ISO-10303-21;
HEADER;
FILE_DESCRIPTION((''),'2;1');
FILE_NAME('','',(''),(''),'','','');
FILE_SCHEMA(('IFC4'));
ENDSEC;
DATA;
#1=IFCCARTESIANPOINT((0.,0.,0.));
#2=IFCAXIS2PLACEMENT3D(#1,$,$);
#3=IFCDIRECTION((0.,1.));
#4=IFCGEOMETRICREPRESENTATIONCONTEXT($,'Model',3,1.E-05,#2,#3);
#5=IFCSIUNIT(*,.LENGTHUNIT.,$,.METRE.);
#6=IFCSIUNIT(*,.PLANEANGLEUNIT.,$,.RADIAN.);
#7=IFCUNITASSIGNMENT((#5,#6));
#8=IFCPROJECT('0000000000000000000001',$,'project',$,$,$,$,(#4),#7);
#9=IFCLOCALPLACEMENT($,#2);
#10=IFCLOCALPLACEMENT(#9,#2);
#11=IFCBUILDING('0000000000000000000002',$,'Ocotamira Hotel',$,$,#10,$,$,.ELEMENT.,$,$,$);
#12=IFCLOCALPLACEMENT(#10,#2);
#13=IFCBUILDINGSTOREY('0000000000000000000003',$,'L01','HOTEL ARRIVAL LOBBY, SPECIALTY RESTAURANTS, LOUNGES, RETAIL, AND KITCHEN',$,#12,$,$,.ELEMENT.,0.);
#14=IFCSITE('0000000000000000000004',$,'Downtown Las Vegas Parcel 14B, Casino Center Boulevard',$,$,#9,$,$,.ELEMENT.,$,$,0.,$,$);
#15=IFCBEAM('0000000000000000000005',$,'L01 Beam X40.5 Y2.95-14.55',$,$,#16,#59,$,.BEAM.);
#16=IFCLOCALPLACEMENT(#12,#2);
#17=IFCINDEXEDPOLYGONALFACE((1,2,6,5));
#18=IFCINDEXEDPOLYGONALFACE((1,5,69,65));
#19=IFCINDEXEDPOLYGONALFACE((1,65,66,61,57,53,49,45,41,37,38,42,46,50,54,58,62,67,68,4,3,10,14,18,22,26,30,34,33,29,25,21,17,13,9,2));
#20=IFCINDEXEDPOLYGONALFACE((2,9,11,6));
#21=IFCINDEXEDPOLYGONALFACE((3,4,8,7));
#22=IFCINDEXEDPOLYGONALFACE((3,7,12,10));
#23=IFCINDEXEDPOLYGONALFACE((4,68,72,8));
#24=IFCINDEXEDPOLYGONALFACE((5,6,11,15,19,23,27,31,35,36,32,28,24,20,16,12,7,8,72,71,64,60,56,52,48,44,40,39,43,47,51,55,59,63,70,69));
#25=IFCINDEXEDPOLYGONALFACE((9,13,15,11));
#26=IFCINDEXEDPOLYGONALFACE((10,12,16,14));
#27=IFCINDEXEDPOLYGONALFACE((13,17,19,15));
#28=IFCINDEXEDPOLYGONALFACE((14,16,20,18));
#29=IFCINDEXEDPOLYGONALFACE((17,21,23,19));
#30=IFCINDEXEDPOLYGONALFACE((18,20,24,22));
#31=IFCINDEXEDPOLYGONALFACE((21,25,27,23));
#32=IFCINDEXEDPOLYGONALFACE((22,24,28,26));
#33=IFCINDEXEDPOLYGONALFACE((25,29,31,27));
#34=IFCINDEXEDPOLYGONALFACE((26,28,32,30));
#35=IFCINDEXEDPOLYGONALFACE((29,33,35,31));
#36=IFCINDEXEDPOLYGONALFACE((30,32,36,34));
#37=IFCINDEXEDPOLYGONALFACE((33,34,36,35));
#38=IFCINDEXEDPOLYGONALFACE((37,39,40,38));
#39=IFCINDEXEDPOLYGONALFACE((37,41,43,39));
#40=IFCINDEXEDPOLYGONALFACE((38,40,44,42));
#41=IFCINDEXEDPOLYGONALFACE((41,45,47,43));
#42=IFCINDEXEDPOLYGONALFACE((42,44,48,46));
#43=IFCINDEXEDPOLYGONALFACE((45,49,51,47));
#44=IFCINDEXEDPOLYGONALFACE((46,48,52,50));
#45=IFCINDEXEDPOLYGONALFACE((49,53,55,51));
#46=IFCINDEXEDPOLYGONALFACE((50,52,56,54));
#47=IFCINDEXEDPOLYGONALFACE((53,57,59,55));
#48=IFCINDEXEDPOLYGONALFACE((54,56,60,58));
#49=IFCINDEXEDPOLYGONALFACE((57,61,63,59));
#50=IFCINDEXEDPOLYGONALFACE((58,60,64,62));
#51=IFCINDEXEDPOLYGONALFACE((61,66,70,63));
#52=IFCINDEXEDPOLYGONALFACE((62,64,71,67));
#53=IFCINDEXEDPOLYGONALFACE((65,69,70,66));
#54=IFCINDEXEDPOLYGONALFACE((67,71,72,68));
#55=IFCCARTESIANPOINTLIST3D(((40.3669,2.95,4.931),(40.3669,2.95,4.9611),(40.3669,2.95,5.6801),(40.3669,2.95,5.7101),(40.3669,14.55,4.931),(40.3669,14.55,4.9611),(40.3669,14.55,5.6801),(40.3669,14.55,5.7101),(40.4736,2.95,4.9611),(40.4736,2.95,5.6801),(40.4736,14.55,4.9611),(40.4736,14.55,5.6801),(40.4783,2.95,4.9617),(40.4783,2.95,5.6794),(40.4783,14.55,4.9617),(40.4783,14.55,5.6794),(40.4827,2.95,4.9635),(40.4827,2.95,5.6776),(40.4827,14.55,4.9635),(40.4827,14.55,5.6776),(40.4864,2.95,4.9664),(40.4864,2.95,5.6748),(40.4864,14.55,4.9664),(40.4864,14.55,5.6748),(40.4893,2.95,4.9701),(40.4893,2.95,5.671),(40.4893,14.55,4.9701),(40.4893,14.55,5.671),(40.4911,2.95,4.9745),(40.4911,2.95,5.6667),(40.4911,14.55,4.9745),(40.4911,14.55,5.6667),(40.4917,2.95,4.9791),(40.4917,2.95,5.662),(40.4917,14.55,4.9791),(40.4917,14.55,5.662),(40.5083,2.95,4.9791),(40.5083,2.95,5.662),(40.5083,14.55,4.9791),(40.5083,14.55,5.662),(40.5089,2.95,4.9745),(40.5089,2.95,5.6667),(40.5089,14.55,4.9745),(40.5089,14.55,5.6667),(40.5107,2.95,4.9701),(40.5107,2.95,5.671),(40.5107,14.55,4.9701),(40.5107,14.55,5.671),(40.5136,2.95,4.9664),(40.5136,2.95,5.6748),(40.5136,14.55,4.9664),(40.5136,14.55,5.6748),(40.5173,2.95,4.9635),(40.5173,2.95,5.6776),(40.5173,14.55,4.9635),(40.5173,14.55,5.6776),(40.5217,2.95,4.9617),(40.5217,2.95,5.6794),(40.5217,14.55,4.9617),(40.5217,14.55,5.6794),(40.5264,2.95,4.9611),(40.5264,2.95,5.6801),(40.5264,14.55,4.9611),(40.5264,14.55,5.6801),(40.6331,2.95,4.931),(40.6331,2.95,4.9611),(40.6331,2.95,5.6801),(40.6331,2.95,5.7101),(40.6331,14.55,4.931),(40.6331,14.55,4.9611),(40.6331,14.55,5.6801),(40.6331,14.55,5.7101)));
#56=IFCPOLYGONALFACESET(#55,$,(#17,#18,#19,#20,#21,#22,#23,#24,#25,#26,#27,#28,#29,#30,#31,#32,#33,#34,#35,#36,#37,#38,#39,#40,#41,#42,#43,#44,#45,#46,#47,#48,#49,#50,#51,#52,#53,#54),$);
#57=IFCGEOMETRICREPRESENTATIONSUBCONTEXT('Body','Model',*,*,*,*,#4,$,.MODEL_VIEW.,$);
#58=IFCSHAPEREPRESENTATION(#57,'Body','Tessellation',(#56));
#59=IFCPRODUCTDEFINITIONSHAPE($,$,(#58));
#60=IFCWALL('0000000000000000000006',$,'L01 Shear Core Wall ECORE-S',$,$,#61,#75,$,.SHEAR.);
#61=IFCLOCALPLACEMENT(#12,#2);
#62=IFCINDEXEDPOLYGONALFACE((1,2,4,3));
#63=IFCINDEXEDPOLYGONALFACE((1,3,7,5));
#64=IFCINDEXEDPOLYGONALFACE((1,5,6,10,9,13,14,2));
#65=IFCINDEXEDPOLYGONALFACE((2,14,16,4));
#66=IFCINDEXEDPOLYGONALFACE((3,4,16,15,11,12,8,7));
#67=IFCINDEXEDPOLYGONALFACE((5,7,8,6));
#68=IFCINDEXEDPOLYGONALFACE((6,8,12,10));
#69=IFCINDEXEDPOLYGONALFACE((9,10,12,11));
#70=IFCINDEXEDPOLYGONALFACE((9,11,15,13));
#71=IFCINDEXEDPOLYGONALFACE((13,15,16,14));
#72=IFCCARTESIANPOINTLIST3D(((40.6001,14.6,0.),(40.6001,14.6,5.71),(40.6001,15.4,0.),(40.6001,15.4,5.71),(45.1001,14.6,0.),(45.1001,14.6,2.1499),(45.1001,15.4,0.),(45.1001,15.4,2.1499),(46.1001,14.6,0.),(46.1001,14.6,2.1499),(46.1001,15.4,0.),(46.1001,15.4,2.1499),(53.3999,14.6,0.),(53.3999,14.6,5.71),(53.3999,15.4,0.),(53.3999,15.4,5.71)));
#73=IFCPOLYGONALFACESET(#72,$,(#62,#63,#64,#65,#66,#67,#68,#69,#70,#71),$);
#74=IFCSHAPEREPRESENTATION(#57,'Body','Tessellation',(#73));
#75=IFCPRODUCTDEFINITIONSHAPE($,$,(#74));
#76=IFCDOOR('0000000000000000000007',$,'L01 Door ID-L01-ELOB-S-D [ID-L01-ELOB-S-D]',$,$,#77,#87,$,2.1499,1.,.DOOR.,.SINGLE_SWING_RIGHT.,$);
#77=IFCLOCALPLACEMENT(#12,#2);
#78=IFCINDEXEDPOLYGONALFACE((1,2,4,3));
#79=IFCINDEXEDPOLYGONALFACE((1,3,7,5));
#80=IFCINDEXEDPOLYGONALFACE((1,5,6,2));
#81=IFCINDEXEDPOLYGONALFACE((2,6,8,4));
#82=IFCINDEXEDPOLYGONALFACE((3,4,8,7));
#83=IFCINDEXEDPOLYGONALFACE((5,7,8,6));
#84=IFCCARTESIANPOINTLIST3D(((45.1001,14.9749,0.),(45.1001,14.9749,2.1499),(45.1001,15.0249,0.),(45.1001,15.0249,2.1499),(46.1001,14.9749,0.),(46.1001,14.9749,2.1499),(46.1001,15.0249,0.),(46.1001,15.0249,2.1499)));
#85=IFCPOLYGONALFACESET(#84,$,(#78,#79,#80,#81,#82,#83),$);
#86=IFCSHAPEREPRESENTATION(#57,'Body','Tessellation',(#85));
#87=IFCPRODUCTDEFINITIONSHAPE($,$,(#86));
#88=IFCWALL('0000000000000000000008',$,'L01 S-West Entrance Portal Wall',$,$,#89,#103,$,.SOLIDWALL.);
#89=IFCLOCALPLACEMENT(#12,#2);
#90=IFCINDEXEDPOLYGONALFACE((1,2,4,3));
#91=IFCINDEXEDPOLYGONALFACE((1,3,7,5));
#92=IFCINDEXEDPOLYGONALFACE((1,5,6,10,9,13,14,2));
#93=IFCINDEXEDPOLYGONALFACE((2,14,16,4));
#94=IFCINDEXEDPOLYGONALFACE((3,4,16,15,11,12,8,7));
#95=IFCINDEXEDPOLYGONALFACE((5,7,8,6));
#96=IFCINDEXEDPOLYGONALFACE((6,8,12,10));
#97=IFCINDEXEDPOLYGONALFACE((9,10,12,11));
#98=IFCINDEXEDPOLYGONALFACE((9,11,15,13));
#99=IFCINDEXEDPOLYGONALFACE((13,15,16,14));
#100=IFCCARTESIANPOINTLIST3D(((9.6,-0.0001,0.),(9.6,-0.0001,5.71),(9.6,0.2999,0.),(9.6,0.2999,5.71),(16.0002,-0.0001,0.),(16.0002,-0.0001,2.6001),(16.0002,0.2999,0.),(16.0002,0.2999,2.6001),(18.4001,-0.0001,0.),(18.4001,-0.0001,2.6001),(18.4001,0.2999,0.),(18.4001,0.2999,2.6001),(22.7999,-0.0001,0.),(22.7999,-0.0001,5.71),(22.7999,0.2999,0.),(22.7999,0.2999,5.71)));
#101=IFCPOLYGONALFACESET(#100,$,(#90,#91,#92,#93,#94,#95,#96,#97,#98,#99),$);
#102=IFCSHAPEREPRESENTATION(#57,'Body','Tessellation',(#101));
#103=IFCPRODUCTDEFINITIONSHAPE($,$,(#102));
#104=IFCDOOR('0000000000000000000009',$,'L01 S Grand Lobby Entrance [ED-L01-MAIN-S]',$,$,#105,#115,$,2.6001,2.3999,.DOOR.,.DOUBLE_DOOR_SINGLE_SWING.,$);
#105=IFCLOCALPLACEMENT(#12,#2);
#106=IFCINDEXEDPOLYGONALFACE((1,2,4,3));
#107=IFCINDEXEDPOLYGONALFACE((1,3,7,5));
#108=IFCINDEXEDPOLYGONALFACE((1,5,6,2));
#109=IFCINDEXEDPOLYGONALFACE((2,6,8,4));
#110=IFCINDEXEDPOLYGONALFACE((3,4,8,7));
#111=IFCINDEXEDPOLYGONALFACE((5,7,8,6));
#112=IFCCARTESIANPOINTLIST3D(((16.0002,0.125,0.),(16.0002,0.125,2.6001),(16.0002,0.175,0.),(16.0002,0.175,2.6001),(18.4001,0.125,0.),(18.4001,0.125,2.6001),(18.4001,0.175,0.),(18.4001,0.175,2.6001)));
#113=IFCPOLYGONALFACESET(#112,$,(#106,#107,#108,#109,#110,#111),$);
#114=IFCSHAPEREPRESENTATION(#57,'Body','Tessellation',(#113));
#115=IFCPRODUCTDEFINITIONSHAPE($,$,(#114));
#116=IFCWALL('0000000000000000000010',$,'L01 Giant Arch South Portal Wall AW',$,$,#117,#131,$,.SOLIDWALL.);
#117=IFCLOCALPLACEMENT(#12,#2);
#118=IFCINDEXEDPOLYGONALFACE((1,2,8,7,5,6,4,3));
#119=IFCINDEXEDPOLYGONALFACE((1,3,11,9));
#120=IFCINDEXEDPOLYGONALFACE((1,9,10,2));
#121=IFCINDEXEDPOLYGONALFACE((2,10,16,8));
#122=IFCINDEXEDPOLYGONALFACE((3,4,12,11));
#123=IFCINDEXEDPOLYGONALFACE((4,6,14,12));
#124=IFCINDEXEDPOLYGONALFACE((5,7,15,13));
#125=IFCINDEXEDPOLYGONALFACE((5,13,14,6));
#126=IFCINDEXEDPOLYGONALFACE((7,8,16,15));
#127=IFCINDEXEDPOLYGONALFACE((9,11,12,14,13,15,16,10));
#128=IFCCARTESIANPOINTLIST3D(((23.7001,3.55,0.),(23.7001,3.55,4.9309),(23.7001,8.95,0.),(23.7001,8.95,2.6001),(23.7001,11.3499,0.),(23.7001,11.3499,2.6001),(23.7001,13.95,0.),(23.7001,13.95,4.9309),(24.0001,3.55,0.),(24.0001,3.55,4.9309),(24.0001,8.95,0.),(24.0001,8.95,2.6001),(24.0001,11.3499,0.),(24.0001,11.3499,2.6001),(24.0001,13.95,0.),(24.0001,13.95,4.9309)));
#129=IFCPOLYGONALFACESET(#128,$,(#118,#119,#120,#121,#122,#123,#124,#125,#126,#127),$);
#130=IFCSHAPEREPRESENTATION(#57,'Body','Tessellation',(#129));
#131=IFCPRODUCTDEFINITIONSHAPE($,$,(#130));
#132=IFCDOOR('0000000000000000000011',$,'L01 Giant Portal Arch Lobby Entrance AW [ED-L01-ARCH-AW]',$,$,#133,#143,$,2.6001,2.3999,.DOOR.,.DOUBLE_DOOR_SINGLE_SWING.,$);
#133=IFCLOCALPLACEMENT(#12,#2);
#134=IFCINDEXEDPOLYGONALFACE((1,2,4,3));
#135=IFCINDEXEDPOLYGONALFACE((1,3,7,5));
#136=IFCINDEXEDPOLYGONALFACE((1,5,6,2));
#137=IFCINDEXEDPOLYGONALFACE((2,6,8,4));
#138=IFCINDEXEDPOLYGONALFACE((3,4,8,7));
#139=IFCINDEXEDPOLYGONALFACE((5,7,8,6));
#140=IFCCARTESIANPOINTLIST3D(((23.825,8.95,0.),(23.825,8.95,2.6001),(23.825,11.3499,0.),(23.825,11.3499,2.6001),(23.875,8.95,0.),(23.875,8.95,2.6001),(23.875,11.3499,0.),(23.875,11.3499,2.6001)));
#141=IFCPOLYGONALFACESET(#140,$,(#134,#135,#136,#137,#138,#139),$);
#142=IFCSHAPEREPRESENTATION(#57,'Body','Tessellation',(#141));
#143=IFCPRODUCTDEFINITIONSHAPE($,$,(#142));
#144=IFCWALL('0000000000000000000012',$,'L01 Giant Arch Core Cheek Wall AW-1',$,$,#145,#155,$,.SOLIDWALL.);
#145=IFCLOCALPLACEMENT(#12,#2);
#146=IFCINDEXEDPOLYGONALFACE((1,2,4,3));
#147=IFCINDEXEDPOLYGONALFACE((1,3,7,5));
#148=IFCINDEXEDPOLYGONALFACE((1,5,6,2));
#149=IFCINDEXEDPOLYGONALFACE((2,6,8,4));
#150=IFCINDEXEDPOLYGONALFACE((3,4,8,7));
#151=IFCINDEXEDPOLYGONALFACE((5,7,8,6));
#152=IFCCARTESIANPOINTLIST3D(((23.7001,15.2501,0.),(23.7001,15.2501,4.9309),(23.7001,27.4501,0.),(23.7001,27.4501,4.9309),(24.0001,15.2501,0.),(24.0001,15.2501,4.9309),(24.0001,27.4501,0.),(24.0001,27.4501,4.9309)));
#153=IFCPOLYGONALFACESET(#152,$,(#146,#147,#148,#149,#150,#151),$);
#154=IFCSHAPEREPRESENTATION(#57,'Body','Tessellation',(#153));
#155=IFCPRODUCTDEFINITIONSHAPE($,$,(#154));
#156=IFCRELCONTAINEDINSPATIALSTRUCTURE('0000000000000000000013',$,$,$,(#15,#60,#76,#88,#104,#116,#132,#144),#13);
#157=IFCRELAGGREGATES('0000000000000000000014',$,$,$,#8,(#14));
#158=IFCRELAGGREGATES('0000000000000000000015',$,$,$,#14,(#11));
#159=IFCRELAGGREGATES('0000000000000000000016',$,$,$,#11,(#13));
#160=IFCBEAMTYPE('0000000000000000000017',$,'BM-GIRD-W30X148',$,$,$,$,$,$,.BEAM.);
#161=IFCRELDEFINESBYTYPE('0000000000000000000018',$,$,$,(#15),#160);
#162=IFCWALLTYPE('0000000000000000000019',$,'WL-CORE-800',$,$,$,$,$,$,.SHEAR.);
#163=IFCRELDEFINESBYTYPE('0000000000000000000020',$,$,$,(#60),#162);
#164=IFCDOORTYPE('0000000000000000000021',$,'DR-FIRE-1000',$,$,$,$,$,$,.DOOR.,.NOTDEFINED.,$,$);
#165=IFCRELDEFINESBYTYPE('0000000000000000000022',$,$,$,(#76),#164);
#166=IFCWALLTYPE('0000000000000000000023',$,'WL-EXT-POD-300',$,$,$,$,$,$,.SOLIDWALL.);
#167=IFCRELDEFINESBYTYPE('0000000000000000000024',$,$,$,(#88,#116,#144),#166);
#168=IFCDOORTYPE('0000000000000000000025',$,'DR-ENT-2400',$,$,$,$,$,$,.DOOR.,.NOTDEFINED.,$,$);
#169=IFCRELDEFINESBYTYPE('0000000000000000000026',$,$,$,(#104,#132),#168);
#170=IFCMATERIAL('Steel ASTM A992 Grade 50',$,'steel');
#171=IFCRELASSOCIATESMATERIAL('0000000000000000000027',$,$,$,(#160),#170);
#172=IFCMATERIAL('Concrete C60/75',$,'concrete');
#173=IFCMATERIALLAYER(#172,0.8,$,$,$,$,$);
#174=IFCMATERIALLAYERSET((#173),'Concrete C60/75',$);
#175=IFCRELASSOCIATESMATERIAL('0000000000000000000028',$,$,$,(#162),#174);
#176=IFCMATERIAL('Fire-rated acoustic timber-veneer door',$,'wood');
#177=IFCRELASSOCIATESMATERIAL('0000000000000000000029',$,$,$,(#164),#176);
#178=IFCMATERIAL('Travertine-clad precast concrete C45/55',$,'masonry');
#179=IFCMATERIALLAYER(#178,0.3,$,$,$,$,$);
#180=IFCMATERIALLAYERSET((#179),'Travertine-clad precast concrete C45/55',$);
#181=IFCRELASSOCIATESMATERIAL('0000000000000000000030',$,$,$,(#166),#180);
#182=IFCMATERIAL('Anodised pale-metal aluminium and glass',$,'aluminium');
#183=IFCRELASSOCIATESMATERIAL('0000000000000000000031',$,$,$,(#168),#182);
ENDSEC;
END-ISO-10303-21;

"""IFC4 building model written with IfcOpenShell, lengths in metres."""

from ifc_helpers import new_model, si_unit, direction, frame, frame_2d, origin, origin_2d, place, context, subcontext, project, spatial, rectangle, i_section, extrude, source, transform, mapped, material, layer, layer_set, material_profile, profile_set, type_object, element, fill, save


model = new_model("IFC4")

# Units and contexts
model_context = context("Model", 3, precision=1e-05, world=origin(), true_north=direction((0.0, 1.0)))
body_context = subcontext(model_context, "Body", "Model", "MODEL_VIEW")
ifc_project = project(units=[si_unit("LENGTHUNIT", "METRE"), si_unit("PLANEANGLEUNIT", "RADIAN")], contexts=[model_context])

# Site, building, storey
site_placement = place(None, origin())
site = spatial("IfcSite", under=ifc_project, at=site_placement, Name="Downtown Las Vegas Parcel 14B, Casino Center Boulevard", CompositionType="ELEMENT", RefElevation=0.0)
building_placement = place(site_placement, origin())
building = spatial("IfcBuilding", under=site, at=building_placement, Name="Ocotamira Hotel", CompositionType="ELEMENT")
storey_placement = place(building_placement, origin())
storey = spatial("IfcBuildingStorey", under=building, at=storey_placement, Name="L01", Description="HOTEL ARRIVAL LOBBY, SPECIALTY RESTAURANTS, LOUNGES, RETAIL, AND KITCHEN", CompositionType="ELEMENT", Elevation=0.0)

# Shared definitions
ifc_material_1 = material(Name="Concrete C60/75", Category="concrete")

# Beam
ifc_material_2 = material(Name="Steel ASTM A992 Grade 50", Category="steel")
ifc_material_profile_1 = material_profile(ifc_material_2, i_section(OverallWidth=0.2661, OverallDepth=0.7791, WebThickness=0.0166, FlangeThickness=0.03, FilletRadius=0.0181, at=origin_2d()), Name="W30X148")
ifc_profile_set_1 = profile_set([ifc_material_profile_1], Name="Steel ASTM A992 Grade 50")
beam_type_1 = type_object("IfcBeamType", Name="BM-GIRD-W30X148", PredefinedType="BEAM", material=ifc_profile_set_1)
shared_shape_1 = source(origin(), body_context, "Body", "SweptSolid", [
    extrude(i_section(OverallWidth=0.2661, OverallDepth=0.7791, WebThickness=0.0166, FlangeThickness=0.03, FilletRadius=0.0181, at=origin_2d()), origin(), (0.0, 0.0, 1.0), 11.6001),
])
for number, where, z_axis, x_axis, name in (
    (1, (40.5, 2.95, 5.3206), (0.0, 1.0, 0.0), (-1.0, 0.0, 0.0), "L01 Beam X40.5 Y2.95-14.55"),
):
    element("IfcBeam", number, at=place(storey_placement, frame(where, z_axis=z_axis, x_axis=x_axis)), inside=storey, type_object=beam_type_1, Name=name, PredefinedType="BEAM", context=body_context, shape_type="MappedRepresentation", body=[
        mapped(shared_shape_1, transform((0.0, 0.0, 0.0), scale=1.0)),
    ])

# Walls, openings, doors
ifc_layer_1 = layer(ifc_material_1, 0.8)
ifc_layer_set_1 = layer_set([ifc_layer_1], Name="Concrete C60/75")
wall_type_1 = type_object("IfcWallType", Name="WL-CORE-800", PredefinedType="SHEAR", material=ifc_layer_set_1)
wall_1_placement = place(storey_placement, frame((40.6001, 15.0, 0.0), z_axis=(0.0, 0.0, 1.0), x_axis=(1.0, 0.0, 0.0)))
wall_1 = element("IfcWall", 2, at=wall_1_placement, inside=storey, type_object=wall_type_1, Name="L01 Shear Core Wall ECORE-S", PredefinedType="SHEAR", context=body_context, shape_type="SweptSolid", body=[
    extrude(rectangle(XDim=12.7998, YDim=0.8, at=frame_2d((6.3999, 0.0))), origin(), (0.0, 0.0, 1.0), 5.71),
])
opening_1_placement = place(wall_1_placement, frame((4.5, 0.0, 0.0)))
opening_1 = element("IfcOpeningElement", 3, at=opening_1_placement, cuts=wall_1, PredefinedType="OPENING", context=body_context, shape_type="SweptSolid", body=[
    extrude(rectangle(XDim=1.0, YDim=2.1499, at=frame_2d((0.5, 1.075))), frame((0.0, 0.4102, 0.0), z_axis=(0.0, -1.0, 0.0), x_axis=(1.0, 0.0, 0.0)), (0.0, 0.0, 1.0), 0.8201),
])
ifc_material_3 = material(Name="Fire-rated acoustic timber-veneer door", Category="wood")
door_type_1 = type_object("IfcDoorType", Name="DR-FIRE-1000", OperationType="NOTDEFINED", PredefinedType="DOOR", material=ifc_material_3)
shared_shape_2 = source(origin(), body_context, "Body", "SweptSolid", [
    extrude(rectangle(XDim=1.0, YDim=2.1499, at=frame_2d((0.5, 1.075))), frame((0.0, 0.0249, 0.0), z_axis=(0.0, -1.0, 0.0), x_axis=(1.0, 0.0, 0.0)), (0.0, 0.0, 1.0), 0.05),
])
door_1_placement = place(opening_1_placement, origin())
door_1 = element("IfcDoor", 4, at=door_1_placement, inside=storey, type_object=door_type_1, Name="L01 Door ID-L01-ELOB-S-D [ID-L01-ELOB-S-D]", OperationType="SINGLE_SWING_RIGHT", OverallHeight=2.1499, OverallWidth=1.0, PredefinedType="DOOR", context=body_context, shape_type="MappedRepresentation", body=[
    mapped(shared_shape_2, transform((0.0, 0.0, 0.0), scale=1.0)),
])
fill(opening_1, door_1)
ifc_material_4 = material(Name="Travertine-clad precast concrete C45/55", Category="masonry")
ifc_layer_2 = layer(ifc_material_4, 0.3)
ifc_layer_set_2 = layer_set([ifc_layer_2], Name="Travertine-clad precast concrete C45/55")
wall_type_2 = type_object("IfcWallType", Name="WL-EXT-POD-300", PredefinedType="SOLIDWALL", material=ifc_layer_set_2)
wall_2_placement = place(storey_placement, frame((22.8, 0.1499, 0.0), z_axis=(0.0, 0.0, 1.0), x_axis=(-1.0, 0.0, 0.0)))
wall_2 = element("IfcWall", 5, at=wall_2_placement, inside=storey, type_object=wall_type_2, Name="L01 S-West Entrance Portal Wall", PredefinedType="SOLIDWALL", context=body_context, shape_type="SweptSolid", body=[
    extrude(rectangle(XDim=13.2, YDim=0.3, at=frame_2d((6.6001, 0.0))), origin(), (0.0, 0.0, 1.0), 5.71),
])
opening_2_placement = place(wall_2_placement, frame((4.3999, 0.0, 0.0)))
opening_2 = element("IfcOpeningElement", 6, at=opening_2_placement, cuts=wall_2, PredefinedType="OPENING", context=body_context, shape_type="SweptSolid", body=[
    extrude(rectangle(XDim=2.3999, YDim=2.6001, at=frame_2d((1.2, 1.3))), frame((0.0, 0.1602, 0.0), z_axis=(0.0, -1.0, 0.0), x_axis=(1.0, 0.0, 0.0)), (0.0, 0.0, 1.0), 0.3201),
])
ifc_material_5 = material(Name="Anodised pale-metal aluminium and glass", Category="aluminium")
door_type_2 = type_object("IfcDoorType", Name="DR-ENT-2400", OperationType="NOTDEFINED", PredefinedType="DOOR", material=ifc_material_5)
shared_shape_3 = source(origin(), body_context, "Body", "SweptSolid", [
    extrude(rectangle(XDim=2.3999, YDim=2.6001, at=frame_2d((1.2, 1.3))), frame((0.0, 0.0249, 0.0), z_axis=(0.0, -1.0, 0.0), x_axis=(1.0, 0.0, 0.0)), (0.0, 0.0, 1.0), 0.05),
])
door_2_placement = place(opening_2_placement, origin())
door_2 = element("IfcDoor", 7, at=door_2_placement, inside=storey, type_object=door_type_2, Name="L01 S Grand Lobby Entrance [ED-L01-MAIN-S]", OperationType="DOUBLE_DOOR_SINGLE_SWING", OverallHeight=2.6001, OverallWidth=2.3999, PredefinedType="DOOR", context=body_context, shape_type="MappedRepresentation", body=[
    mapped(shared_shape_3, transform((0.0, 0.0, 0.0), scale=1.0)),
])
fill(opening_2, door_2)
wall_3_placement = place(storey_placement, frame((23.8501, 13.95, 0.0), z_axis=(0.0, 0.0, 1.0), x_axis=(0.0, -1.0, 0.0)))
wall_3 = element("IfcWall", 8, at=wall_3_placement, inside=storey, type_object=wall_type_2, Name="L01 Giant Arch South Portal Wall AW", PredefinedType="SOLIDWALL", context=body_context, shape_type="SweptSolid", body=[
    extrude(rectangle(XDim=10.3999, YDim=0.3, at=frame_2d((5.2, 0.0))), origin(), (0.0, 0.0, 1.0), 4.9309),
])
opening_3_placement = place(wall_3_placement, frame((2.6001, 0.0, 0.0)))
opening_3 = element("IfcOpeningElement", 9, at=opening_3_placement, cuts=wall_3, PredefinedType="OPENING", context=body_context, shape_type="SweptSolid", body=[
    extrude(rectangle(XDim=2.3999, YDim=2.6001, at=frame_2d((1.2, 1.3))), frame((0.0, 0.1602, 0.0), z_axis=(0.0, -1.0, 0.0), x_axis=(1.0, 0.0, 0.0)), (0.0, 0.0, 1.0), 0.3201),
])
door_3_placement = place(opening_3_placement, origin())
door_3 = element("IfcDoor", 10, at=door_3_placement, inside=storey, type_object=door_type_2, Name="L01 Giant Portal Arch Lobby Entrance AW [ED-L01-ARCH-AW]", OperationType="DOUBLE_DOOR_SINGLE_SWING", OverallHeight=2.6001, OverallWidth=2.3999, PredefinedType="DOOR", context=body_context, shape_type="MappedRepresentation", body=[
    mapped(shared_shape_3, transform((0.0, 0.0, 0.0), scale=1.0)),
])
fill(opening_3, door_3)

# Wall
wall_4_placement = place(storey_placement, frame((23.8501, 15.25, 0.0), z_axis=(0.0, 0.0, 1.0), x_axis=(0.0, 1.0, 0.0)))
element("IfcWall", 11, at=wall_4_placement, inside=storey, type_object=wall_type_2, Name="L01 Giant Arch Core Cheek Wall AW-1", PredefinedType="SOLIDWALL", context=body_context, shape_type="SweptSolid", body=[
    extrude(rectangle(XDim=12.2, YDim=0.3, at=frame_2d((6.1001, 0.0))), origin(), (0.0, 0.0, 1.0), 4.9309),
])

save(model, "model.ifc")
